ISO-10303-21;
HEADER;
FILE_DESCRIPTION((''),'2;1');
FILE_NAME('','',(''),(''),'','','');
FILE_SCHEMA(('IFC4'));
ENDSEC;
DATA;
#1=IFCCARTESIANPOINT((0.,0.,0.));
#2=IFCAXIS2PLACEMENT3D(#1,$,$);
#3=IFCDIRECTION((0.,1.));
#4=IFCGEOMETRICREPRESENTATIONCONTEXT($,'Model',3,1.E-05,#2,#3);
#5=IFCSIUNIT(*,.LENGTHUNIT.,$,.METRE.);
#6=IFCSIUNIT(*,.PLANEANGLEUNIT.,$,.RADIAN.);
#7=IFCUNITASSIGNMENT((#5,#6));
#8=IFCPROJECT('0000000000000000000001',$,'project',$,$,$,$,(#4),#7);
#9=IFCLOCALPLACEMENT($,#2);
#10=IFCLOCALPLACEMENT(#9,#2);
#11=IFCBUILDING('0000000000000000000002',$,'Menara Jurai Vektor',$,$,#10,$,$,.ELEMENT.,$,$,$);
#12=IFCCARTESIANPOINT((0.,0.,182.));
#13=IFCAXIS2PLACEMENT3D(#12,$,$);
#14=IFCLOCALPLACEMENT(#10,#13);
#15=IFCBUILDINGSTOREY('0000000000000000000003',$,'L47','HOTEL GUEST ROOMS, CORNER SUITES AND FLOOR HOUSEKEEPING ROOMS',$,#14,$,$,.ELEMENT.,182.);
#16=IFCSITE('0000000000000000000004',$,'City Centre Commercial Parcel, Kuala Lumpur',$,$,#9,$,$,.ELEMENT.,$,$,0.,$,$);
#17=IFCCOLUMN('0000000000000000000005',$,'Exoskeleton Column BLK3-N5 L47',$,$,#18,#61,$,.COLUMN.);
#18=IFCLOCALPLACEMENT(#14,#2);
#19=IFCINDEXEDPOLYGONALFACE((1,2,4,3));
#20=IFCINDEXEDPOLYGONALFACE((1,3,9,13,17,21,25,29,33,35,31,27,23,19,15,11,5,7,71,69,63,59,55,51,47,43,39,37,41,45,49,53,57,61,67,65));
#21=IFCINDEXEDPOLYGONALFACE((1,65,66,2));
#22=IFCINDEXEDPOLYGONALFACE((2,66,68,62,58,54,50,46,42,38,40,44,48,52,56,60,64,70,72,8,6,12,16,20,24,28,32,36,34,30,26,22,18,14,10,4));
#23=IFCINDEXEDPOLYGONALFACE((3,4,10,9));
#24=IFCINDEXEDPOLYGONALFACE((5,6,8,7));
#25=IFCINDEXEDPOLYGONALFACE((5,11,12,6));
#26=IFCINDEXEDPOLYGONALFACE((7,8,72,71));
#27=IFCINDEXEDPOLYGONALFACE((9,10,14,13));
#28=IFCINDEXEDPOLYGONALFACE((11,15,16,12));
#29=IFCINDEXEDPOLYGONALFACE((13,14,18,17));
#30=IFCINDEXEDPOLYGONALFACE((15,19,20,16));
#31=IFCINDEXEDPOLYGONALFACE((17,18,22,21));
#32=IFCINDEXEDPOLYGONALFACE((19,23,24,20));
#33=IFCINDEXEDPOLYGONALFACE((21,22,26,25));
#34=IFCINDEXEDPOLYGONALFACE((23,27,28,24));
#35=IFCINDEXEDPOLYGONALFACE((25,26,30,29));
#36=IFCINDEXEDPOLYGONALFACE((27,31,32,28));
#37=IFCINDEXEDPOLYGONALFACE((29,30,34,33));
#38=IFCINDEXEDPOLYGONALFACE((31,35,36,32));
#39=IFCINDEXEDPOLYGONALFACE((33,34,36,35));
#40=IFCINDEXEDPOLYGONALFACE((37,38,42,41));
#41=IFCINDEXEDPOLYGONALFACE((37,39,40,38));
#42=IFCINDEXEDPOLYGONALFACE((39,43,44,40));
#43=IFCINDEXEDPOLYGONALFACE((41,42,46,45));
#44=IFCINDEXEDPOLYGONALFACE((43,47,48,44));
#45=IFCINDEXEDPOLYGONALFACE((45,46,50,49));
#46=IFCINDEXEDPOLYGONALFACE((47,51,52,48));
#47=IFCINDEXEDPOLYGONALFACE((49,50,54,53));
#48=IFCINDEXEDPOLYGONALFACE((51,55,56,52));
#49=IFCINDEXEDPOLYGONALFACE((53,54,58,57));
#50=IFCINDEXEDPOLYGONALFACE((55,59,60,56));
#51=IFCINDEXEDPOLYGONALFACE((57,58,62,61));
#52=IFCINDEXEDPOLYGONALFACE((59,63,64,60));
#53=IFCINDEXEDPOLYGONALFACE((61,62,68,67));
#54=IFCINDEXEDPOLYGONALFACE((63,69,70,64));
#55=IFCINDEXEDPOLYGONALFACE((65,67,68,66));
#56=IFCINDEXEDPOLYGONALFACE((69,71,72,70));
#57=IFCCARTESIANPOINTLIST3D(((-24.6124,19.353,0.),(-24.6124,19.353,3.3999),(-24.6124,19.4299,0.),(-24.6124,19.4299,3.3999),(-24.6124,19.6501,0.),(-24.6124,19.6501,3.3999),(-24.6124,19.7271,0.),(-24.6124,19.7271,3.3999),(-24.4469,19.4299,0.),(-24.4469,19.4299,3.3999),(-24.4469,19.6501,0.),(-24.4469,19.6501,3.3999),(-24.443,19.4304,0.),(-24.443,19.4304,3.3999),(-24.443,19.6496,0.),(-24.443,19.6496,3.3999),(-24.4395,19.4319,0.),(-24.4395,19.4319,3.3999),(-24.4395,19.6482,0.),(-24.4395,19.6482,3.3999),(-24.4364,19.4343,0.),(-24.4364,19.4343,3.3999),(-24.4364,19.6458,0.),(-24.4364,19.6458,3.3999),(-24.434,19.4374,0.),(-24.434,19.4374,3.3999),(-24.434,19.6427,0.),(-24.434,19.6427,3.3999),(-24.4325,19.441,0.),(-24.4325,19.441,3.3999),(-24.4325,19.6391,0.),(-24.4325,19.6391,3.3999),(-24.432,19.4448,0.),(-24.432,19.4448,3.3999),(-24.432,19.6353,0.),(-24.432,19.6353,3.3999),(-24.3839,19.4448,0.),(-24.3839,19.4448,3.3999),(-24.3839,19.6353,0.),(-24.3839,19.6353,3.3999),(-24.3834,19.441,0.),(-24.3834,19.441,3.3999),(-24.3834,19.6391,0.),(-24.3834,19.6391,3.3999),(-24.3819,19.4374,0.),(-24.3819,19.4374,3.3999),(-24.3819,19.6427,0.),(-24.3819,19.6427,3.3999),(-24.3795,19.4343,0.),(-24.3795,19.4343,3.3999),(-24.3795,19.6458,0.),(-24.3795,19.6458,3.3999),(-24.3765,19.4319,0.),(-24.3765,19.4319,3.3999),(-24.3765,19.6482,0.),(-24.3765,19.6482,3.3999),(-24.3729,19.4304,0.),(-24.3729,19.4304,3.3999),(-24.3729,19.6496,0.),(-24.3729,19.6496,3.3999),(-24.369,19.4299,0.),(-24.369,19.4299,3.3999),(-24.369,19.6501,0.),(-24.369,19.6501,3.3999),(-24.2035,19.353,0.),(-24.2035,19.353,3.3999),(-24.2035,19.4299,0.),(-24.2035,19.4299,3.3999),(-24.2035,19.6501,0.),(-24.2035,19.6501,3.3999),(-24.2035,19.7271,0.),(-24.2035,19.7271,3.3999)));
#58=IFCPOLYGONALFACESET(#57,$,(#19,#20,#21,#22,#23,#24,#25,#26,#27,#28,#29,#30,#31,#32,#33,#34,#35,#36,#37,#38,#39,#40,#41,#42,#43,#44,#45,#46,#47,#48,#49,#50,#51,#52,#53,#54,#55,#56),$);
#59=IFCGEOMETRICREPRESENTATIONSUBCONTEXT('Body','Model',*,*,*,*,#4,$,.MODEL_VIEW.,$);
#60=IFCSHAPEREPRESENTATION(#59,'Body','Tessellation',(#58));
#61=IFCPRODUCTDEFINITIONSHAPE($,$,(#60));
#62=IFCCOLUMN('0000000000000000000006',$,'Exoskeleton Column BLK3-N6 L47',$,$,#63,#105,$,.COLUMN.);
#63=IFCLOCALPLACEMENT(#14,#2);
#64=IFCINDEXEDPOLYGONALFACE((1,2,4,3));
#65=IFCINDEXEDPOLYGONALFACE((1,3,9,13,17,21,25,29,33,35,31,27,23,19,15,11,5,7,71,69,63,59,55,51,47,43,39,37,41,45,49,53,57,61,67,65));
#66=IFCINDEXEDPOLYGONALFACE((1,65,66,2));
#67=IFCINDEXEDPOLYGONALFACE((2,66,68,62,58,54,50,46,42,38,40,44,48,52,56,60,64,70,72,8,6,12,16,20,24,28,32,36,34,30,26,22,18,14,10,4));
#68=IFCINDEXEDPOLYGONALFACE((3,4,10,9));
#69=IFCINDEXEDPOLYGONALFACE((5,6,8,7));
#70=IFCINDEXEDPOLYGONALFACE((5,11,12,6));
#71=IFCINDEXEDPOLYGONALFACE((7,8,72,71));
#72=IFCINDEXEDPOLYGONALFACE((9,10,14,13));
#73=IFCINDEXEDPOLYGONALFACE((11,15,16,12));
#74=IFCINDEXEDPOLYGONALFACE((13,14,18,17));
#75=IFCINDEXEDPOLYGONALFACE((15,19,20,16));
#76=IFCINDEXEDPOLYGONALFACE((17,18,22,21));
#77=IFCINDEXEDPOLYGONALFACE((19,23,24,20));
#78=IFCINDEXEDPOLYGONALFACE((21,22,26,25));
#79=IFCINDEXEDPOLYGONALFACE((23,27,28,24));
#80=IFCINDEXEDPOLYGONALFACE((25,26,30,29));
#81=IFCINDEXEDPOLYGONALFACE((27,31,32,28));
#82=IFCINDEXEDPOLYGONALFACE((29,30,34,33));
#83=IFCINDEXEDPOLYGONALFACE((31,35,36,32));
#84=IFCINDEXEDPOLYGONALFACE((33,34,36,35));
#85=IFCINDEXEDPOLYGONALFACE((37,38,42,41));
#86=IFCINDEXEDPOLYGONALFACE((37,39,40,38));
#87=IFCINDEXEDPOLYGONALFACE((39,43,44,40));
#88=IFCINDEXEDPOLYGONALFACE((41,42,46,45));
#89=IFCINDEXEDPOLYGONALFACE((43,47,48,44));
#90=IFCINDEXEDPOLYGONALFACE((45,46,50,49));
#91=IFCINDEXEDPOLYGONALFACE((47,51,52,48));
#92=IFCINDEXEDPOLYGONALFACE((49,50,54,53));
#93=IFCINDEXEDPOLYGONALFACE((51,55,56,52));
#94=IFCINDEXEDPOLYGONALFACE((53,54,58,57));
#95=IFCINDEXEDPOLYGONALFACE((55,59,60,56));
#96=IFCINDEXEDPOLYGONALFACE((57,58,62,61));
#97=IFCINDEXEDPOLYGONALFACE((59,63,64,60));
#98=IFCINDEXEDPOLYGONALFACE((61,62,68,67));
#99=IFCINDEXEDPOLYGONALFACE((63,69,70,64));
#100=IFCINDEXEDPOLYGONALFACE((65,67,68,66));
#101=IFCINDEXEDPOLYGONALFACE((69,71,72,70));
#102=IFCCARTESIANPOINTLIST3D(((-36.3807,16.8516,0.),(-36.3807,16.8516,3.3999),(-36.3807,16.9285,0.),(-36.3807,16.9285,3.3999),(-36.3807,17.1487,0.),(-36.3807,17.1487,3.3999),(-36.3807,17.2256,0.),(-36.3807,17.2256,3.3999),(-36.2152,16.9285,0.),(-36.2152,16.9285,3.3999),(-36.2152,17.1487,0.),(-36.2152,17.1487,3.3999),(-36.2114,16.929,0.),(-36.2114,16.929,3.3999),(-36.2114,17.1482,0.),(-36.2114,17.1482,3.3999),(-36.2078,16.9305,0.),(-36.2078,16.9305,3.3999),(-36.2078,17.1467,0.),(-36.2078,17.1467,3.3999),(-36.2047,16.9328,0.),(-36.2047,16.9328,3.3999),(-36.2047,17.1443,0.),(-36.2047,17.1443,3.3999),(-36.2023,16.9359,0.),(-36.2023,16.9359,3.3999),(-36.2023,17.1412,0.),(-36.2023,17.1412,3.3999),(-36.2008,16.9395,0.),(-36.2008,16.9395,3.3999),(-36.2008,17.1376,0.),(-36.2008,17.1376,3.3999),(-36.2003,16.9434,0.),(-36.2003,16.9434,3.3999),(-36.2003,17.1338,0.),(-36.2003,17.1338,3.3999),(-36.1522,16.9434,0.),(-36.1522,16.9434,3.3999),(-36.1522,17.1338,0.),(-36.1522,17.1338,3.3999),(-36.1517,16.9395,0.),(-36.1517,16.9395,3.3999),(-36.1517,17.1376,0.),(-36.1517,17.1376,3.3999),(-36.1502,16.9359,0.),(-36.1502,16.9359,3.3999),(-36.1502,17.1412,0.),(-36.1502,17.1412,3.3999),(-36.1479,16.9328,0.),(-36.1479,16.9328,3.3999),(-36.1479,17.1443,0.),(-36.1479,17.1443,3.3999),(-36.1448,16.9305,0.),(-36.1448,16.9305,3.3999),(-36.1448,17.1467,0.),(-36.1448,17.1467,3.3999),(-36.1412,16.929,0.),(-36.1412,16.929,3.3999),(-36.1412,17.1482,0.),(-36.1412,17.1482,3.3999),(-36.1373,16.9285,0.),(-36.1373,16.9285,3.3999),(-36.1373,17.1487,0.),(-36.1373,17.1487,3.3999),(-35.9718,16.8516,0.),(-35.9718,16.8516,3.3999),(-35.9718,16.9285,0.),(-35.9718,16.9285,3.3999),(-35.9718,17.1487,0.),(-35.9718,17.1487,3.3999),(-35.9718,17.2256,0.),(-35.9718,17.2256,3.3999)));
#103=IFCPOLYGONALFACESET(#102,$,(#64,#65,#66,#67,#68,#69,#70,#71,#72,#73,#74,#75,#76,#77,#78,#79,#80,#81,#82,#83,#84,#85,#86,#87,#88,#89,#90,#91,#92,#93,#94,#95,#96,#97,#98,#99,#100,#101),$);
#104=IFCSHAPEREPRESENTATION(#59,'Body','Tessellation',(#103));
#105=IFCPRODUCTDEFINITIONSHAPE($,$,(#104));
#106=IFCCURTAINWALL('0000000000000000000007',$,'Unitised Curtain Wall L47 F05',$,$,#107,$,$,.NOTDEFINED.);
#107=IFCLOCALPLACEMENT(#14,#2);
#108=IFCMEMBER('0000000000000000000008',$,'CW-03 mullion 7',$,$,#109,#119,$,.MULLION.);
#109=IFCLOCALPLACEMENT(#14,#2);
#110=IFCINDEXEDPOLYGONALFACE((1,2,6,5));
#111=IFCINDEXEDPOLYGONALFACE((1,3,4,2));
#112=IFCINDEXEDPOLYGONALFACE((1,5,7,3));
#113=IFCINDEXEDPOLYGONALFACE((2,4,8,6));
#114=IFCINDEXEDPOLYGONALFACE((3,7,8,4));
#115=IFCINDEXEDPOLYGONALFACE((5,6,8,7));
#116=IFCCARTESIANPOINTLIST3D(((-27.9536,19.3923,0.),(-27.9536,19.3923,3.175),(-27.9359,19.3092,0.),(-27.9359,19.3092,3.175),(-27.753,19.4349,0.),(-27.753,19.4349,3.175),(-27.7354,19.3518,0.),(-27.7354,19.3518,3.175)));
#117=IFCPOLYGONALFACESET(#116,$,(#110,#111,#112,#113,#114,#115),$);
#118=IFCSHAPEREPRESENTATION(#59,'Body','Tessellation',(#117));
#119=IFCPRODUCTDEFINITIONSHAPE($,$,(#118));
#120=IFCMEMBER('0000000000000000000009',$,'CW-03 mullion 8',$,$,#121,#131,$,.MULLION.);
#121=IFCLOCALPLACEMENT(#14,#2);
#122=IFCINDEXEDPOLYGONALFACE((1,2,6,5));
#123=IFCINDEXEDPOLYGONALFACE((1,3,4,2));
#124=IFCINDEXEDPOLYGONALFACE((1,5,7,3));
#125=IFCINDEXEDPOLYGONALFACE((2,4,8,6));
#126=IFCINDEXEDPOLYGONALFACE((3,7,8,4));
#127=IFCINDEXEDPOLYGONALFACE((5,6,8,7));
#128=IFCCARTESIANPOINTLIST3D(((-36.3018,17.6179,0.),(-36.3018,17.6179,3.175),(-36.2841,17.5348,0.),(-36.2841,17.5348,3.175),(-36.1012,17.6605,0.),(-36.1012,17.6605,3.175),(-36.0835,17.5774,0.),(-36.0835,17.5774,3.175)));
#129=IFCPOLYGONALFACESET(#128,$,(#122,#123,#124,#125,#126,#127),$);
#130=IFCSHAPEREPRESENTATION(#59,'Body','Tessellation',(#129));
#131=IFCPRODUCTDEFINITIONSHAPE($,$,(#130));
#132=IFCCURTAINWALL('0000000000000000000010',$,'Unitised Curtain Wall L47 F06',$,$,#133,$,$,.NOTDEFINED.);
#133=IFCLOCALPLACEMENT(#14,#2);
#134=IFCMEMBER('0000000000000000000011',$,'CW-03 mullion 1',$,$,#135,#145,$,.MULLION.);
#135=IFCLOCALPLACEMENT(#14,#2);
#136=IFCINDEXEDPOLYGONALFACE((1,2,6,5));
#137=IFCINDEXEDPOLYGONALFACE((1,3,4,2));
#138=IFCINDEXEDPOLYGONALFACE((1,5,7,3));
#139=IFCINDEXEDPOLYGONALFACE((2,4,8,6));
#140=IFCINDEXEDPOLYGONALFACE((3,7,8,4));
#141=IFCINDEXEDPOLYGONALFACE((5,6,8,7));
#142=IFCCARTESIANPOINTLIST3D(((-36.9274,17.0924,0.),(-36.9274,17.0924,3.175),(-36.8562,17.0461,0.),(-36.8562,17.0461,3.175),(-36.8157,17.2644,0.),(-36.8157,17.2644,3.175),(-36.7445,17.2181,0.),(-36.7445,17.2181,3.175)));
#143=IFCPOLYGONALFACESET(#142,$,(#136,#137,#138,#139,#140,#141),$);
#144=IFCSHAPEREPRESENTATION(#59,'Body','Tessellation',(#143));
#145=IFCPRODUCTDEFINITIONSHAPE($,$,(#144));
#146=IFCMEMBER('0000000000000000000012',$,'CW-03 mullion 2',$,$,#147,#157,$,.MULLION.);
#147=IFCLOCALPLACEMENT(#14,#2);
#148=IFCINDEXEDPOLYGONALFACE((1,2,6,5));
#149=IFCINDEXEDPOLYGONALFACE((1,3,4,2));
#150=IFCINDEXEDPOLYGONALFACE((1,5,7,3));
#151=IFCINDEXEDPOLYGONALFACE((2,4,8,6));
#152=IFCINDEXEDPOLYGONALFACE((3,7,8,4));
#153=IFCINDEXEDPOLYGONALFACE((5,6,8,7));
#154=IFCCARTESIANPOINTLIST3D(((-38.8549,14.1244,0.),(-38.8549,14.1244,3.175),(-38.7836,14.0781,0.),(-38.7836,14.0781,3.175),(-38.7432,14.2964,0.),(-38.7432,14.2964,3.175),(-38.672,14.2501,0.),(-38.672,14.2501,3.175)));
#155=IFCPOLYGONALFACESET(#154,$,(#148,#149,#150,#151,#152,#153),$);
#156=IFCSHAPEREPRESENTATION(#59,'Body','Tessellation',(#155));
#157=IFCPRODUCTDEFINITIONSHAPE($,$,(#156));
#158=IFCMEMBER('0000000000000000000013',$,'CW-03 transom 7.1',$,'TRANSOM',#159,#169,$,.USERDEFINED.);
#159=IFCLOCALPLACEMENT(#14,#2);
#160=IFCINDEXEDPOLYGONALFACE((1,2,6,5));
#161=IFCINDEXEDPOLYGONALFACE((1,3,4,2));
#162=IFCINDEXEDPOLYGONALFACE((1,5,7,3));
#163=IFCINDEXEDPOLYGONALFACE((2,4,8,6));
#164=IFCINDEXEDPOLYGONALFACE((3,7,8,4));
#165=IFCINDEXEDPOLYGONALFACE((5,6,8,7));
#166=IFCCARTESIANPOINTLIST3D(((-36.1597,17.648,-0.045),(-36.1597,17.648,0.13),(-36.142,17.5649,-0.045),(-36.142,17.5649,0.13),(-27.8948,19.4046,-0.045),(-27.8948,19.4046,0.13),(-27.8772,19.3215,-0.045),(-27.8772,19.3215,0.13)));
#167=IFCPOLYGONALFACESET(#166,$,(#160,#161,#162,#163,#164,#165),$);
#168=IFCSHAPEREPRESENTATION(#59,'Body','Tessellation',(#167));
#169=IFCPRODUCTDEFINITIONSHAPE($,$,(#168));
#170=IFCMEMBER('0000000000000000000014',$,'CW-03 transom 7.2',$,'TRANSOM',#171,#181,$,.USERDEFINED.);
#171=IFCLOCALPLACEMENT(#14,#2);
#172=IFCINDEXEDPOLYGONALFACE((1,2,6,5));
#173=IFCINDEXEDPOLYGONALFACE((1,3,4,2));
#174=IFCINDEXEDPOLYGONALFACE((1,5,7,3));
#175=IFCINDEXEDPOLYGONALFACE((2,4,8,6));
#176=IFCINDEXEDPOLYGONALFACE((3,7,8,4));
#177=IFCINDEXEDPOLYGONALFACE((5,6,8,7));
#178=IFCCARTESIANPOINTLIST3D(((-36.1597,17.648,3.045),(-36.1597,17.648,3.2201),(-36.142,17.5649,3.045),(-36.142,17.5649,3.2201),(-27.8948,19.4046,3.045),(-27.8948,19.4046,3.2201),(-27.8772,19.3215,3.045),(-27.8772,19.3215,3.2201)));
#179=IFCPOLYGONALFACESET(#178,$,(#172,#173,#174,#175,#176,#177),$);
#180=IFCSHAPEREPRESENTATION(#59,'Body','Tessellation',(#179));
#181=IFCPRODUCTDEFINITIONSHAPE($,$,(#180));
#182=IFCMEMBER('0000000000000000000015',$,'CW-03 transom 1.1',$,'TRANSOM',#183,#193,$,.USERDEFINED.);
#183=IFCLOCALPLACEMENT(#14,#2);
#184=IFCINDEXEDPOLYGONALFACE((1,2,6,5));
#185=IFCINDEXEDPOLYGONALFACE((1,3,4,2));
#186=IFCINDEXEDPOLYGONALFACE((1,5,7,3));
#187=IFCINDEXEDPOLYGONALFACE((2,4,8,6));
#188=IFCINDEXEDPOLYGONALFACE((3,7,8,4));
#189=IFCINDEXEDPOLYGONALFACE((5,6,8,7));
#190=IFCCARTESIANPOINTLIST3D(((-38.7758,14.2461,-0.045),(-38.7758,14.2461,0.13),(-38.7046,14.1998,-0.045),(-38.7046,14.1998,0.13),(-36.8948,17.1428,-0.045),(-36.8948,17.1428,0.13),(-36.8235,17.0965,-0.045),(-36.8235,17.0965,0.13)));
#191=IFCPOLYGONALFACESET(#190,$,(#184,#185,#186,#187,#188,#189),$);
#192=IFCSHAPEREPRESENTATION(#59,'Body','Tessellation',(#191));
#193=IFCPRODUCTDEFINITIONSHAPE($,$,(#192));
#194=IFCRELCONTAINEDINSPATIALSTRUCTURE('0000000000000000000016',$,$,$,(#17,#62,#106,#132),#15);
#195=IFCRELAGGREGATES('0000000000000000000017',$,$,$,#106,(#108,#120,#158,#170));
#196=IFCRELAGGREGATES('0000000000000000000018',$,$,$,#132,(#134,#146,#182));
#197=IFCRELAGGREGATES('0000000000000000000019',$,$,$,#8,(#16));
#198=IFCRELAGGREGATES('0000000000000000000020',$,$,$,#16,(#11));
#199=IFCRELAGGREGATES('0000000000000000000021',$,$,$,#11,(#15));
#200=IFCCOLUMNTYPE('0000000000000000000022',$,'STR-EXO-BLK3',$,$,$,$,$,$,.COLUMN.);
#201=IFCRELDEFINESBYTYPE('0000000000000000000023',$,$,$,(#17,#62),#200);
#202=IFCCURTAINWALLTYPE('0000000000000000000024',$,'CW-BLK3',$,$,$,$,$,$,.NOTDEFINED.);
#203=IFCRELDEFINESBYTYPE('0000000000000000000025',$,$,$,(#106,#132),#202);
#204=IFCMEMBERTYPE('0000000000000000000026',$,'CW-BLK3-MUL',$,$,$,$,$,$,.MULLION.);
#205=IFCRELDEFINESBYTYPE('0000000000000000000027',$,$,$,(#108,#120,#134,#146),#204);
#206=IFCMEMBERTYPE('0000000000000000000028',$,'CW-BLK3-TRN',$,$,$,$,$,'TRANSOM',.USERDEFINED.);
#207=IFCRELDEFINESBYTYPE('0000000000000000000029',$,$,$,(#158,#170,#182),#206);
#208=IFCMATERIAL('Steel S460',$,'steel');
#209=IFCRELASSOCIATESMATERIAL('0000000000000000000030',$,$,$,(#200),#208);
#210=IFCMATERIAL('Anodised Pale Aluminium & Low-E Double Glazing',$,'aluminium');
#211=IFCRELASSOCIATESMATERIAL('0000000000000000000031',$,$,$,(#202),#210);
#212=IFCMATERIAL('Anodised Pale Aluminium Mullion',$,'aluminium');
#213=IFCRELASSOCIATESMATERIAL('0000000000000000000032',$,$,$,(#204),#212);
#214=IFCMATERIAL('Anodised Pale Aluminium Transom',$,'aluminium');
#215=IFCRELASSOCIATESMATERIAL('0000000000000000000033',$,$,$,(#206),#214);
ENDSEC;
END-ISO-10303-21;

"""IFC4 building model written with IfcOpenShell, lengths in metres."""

from ifc_helpers import new_model, si_unit, direction, frame, origin, origin_2d, place, context, subcontext, project, spatial, rectangle, i_section, extrude, material, material_profile, profile_set, type_object, element, aggregate, save


model = new_model("IFC4")

# Units and contexts
model_context = context("Model", 3, precision=1e-05, world=origin(), true_north=direction((0.0, 1.0)))
body_context = subcontext(model_context, "Body", "Model", "MODEL_VIEW")
ifc_project = project(units=[si_unit("LENGTHUNIT", "METRE"), si_unit("PLANEANGLEUNIT", "RADIAN")], contexts=[model_context])

# Site, building, storey
site_placement = place(None, origin())
site = spatial("IfcSite", under=ifc_project, at=site_placement, Name="City Centre Commercial Parcel, Kuala Lumpur", CompositionType="ELEMENT", RefElevation=0.0)
building_placement = place(site_placement, origin())
building = spatial("IfcBuilding", under=site, at=building_placement, Name="Menara Jurai Vektor", CompositionType="ELEMENT")
storey_placement = place(building_placement, frame((0.0, 0.0, 182.0)))
storey = spatial("IfcBuildingStorey", under=building, at=storey_placement, Name="L47", Description="HOTEL GUEST ROOMS, CORNER SUITES AND FLOOR HOUSEKEEPING ROOMS", CompositionType="ELEMENT", Elevation=182.0)

# Columns
ifc_material_1 = material(Name="Steel S460", Category="steel")
ifc_material_profile_1 = material_profile(ifc_material_1, i_section(OverallWidth=0.4089, OverallDepth=0.374, WebThickness=0.0481, FlangeThickness=0.0769, FilletRadius=0.0149, at=origin_2d()), Name="HD 400x634")
ifc_profile_set_1 = profile_set([ifc_material_profile_1], Name="Steel S460")
column_type = type_object("IfcColumnType", Name="STR-EXO-BLK3", PredefinedType="COLUMN", material=ifc_profile_set_1)
for number, where, z_axis, x_axis, name in (
    (1, (-24.408, 19.54, 0.0), (0.0, 0.0, 1.0), (1.0, 0.0, 0.0), "Exoskeleton Column BLK3-N5 L47"),
    (2, (-36.1763, 17.0386, 0.0), (0.0, 0.0, 1.0), (1.0, 0.0, 0.0), "Exoskeleton Column BLK3-N6 L47"),
):
    element("IfcColumn", number, at=place(storey_placement, frame(where, z_axis=z_axis, x_axis=x_axis)), inside=storey, type_object=column_type, Name=name, PredefinedType="COLUMN", context=body_context, shape_type="SweptSolid", body=[
        extrude(i_section(OverallWidth=0.4089, OverallDepth=0.374, WebThickness=0.0481, FlangeThickness=0.0769, FilletRadius=0.0149, at=origin_2d()), origin(), (0.0, 0.0, 1.0), 3.3999),
    ])

# Curtain walls, members
ifc_material_2 = material(Name="Anodised Pale Aluminium & Low-E Double Glazing", Category="aluminium")
curtain_wall_type = type_object("IfcCurtainWallType", Name="CW-BLK3", PredefinedType="NOTDEFINED", material=ifc_material_2)
curtain_wall_1_placement = place(storey_placement, origin())
curtain_wall_1 = element("IfcCurtainWall", 3, at=curtain_wall_1_placement, inside=storey, type_object=curtain_wall_type, Name="Unitised Curtain Wall L47 F05", PredefinedType="NOTDEFINED")
ifc_material_3 = material(Name="Anodised Pale Aluminium Mullion", Category="aluminium")
ifc_material_profile_2 = material_profile(ifc_material_3, rectangle(XDim=0.085, YDim=0.2051, at=origin_2d()), Name="ALU MUL 85x205")
ifc_profile_set_2 = profile_set([ifc_material_profile_2], Name="Anodised Pale Aluminium Mullion")
member_type_1 = type_object("IfcMemberType", Name="CW-BLK3-MUL", PredefinedType="MULLION", material=ifc_profile_set_2)
member_1_placement = place(storey_placement, frame((-27.8445, 19.3721, 0.0), z_axis=(0.0, 0.0, 1.0), x_axis=(0.207911, -0.978148, 0.0)))
member_1 = element("IfcMember", 4, at=member_1_placement, type_object=member_type_1, Name="CW-03 mullion 7", PredefinedType="MULLION", context=body_context, shape_type="SweptSolid", body=[
    extrude(rectangle(XDim=0.085, YDim=0.2051, at=origin_2d()), origin(), (0.0, 0.0, 1.0), 3.175),
])
member_2_placement = place(storey_placement, frame((-36.1926, 17.5977, 0.0), z_axis=(0.0, 0.0, 1.0), x_axis=(0.207911, -0.978148, 0.0)))
member_2 = element("IfcMember", 5, at=member_2_placement, type_object=member_type_1, Name="CW-03 mullion 8", PredefinedType="MULLION", context=body_context, shape_type="SweptSolid", body=[
    extrude(rectangle(XDim=0.085, YDim=0.2051, at=origin_2d()), origin(), (0.0, 0.0, 1.0), 3.175),
])
curtain_wall_2_placement = place(storey_placement, origin())
curtain_wall_2 = element("IfcCurtainWall", 6, at=curtain_wall_2_placement, inside=storey, type_object=curtain_wall_type, Name="Unitised Curtain Wall L47 F06", PredefinedType="NOTDEFINED")
member_3_placement = place(storey_placement, frame((-36.8359, 17.1553, 0.0), z_axis=(0.0, 0.0, 1.0), x_axis=(0.838684, -0.544618, 0.0)))
member_3 = element("IfcMember", 7, at=member_3_placement, type_object=member_type_1, Name="CW-03 mullion 1", PredefinedType="MULLION", context=body_context, shape_type="SweptSolid", body=[
    extrude(rectangle(XDim=0.085, YDim=0.2051, at=origin_2d()), origin(), (0.0, 0.0, 1.0), 3.175),
])
member_4_placement = place(storey_placement, frame((-38.7634, 14.1873, 0.0), z_axis=(0.0, 0.0, 1.0), x_axis=(0.838684, -0.544618, 0.0)))
member_4 = element("IfcMember", 8, at=member_4_placement, type_object=member_type_1, Name="CW-03 mullion 2", PredefinedType="MULLION", context=body_context, shape_type="SweptSolid", body=[
    extrude(rectangle(XDim=0.085, YDim=0.2051, at=origin_2d()), origin(), (0.0, 0.0, 1.0), 3.175),
])

# Members
ifc_material_4 = material(Name="Anodised Pale Aluminium Transom", Category="aluminium")
ifc_material_profile_3 = material_profile(ifc_material_4, rectangle(XDim=0.085, YDim=0.175, at=origin_2d()), Name="ALU TRN 85x175")
ifc_profile_set_3 = profile_set([ifc_material_profile_3], Name="Anodised Pale Aluminium Transom")
member_type_2 = type_object("IfcMemberType", Name="CW-BLK3-TRN", ElementType="TRANSOM", PredefinedType="USERDEFINED", material=ifc_profile_set_3)
member_5_placement = place(storey_placement, frame((-27.886, 19.363, 0.0425), z_axis=(-0.978152, -0.207893, 0.0), x_axis=(0.207893, -0.978152, 0.0)))
member_5 = element("IfcMember", 9, at=member_5_placement, type_object=member_type_2, Name="CW-03 transom 7.1", ObjectType="TRANSOM", PredefinedType="USERDEFINED", context=body_context, shape_type="SweptSolid", body=[
    extrude(rectangle(XDim=0.085, YDim=0.175, at=origin_2d()), origin(), (0.0, 0.0, 1.0), 8.4495),
])
member_6_placement = place(storey_placement, frame((-27.886, 19.363, 3.1326), z_axis=(-0.978152, -0.207893, 0.0), x_axis=(0.207893, -0.978152, 0.0)))
member_6 = element("IfcMember", 10, at=member_6_placement, type_object=member_type_2, Name="CW-03 transom 7.2", ObjectType="TRANSOM", PredefinedType="USERDEFINED", context=body_context, shape_type="SweptSolid", body=[
    extrude(rectangle(XDim=0.085, YDim=0.175, at=origin_2d()), origin(), (0.0, 0.0, 1.0), 8.4495),
])
member_7_placement = place(storey_placement, frame((-36.8591, 17.1196, 0.0425), z_axis=(-0.544628, -0.838678, 0.0), x_axis=(0.838678, -0.544628, 0.0)))
member_7 = element("IfcMember", 11, at=member_7_placement, type_object=member_type_2, Name="CW-03 transom 1.1", ObjectType="TRANSOM", PredefinedType="USERDEFINED", context=body_context, shape_type="SweptSolid", body=[
    extrude(rectangle(XDim=0.085, YDim=0.175, at=origin_2d()), origin(), (0.0, 0.0, 1.0), 3.4539),
])

aggregate(curtain_wall_1, [member_1, member_2, member_5, member_6])
aggregate(curtain_wall_2, [member_3, member_4, member_7])

save(model, "model.ifc")
